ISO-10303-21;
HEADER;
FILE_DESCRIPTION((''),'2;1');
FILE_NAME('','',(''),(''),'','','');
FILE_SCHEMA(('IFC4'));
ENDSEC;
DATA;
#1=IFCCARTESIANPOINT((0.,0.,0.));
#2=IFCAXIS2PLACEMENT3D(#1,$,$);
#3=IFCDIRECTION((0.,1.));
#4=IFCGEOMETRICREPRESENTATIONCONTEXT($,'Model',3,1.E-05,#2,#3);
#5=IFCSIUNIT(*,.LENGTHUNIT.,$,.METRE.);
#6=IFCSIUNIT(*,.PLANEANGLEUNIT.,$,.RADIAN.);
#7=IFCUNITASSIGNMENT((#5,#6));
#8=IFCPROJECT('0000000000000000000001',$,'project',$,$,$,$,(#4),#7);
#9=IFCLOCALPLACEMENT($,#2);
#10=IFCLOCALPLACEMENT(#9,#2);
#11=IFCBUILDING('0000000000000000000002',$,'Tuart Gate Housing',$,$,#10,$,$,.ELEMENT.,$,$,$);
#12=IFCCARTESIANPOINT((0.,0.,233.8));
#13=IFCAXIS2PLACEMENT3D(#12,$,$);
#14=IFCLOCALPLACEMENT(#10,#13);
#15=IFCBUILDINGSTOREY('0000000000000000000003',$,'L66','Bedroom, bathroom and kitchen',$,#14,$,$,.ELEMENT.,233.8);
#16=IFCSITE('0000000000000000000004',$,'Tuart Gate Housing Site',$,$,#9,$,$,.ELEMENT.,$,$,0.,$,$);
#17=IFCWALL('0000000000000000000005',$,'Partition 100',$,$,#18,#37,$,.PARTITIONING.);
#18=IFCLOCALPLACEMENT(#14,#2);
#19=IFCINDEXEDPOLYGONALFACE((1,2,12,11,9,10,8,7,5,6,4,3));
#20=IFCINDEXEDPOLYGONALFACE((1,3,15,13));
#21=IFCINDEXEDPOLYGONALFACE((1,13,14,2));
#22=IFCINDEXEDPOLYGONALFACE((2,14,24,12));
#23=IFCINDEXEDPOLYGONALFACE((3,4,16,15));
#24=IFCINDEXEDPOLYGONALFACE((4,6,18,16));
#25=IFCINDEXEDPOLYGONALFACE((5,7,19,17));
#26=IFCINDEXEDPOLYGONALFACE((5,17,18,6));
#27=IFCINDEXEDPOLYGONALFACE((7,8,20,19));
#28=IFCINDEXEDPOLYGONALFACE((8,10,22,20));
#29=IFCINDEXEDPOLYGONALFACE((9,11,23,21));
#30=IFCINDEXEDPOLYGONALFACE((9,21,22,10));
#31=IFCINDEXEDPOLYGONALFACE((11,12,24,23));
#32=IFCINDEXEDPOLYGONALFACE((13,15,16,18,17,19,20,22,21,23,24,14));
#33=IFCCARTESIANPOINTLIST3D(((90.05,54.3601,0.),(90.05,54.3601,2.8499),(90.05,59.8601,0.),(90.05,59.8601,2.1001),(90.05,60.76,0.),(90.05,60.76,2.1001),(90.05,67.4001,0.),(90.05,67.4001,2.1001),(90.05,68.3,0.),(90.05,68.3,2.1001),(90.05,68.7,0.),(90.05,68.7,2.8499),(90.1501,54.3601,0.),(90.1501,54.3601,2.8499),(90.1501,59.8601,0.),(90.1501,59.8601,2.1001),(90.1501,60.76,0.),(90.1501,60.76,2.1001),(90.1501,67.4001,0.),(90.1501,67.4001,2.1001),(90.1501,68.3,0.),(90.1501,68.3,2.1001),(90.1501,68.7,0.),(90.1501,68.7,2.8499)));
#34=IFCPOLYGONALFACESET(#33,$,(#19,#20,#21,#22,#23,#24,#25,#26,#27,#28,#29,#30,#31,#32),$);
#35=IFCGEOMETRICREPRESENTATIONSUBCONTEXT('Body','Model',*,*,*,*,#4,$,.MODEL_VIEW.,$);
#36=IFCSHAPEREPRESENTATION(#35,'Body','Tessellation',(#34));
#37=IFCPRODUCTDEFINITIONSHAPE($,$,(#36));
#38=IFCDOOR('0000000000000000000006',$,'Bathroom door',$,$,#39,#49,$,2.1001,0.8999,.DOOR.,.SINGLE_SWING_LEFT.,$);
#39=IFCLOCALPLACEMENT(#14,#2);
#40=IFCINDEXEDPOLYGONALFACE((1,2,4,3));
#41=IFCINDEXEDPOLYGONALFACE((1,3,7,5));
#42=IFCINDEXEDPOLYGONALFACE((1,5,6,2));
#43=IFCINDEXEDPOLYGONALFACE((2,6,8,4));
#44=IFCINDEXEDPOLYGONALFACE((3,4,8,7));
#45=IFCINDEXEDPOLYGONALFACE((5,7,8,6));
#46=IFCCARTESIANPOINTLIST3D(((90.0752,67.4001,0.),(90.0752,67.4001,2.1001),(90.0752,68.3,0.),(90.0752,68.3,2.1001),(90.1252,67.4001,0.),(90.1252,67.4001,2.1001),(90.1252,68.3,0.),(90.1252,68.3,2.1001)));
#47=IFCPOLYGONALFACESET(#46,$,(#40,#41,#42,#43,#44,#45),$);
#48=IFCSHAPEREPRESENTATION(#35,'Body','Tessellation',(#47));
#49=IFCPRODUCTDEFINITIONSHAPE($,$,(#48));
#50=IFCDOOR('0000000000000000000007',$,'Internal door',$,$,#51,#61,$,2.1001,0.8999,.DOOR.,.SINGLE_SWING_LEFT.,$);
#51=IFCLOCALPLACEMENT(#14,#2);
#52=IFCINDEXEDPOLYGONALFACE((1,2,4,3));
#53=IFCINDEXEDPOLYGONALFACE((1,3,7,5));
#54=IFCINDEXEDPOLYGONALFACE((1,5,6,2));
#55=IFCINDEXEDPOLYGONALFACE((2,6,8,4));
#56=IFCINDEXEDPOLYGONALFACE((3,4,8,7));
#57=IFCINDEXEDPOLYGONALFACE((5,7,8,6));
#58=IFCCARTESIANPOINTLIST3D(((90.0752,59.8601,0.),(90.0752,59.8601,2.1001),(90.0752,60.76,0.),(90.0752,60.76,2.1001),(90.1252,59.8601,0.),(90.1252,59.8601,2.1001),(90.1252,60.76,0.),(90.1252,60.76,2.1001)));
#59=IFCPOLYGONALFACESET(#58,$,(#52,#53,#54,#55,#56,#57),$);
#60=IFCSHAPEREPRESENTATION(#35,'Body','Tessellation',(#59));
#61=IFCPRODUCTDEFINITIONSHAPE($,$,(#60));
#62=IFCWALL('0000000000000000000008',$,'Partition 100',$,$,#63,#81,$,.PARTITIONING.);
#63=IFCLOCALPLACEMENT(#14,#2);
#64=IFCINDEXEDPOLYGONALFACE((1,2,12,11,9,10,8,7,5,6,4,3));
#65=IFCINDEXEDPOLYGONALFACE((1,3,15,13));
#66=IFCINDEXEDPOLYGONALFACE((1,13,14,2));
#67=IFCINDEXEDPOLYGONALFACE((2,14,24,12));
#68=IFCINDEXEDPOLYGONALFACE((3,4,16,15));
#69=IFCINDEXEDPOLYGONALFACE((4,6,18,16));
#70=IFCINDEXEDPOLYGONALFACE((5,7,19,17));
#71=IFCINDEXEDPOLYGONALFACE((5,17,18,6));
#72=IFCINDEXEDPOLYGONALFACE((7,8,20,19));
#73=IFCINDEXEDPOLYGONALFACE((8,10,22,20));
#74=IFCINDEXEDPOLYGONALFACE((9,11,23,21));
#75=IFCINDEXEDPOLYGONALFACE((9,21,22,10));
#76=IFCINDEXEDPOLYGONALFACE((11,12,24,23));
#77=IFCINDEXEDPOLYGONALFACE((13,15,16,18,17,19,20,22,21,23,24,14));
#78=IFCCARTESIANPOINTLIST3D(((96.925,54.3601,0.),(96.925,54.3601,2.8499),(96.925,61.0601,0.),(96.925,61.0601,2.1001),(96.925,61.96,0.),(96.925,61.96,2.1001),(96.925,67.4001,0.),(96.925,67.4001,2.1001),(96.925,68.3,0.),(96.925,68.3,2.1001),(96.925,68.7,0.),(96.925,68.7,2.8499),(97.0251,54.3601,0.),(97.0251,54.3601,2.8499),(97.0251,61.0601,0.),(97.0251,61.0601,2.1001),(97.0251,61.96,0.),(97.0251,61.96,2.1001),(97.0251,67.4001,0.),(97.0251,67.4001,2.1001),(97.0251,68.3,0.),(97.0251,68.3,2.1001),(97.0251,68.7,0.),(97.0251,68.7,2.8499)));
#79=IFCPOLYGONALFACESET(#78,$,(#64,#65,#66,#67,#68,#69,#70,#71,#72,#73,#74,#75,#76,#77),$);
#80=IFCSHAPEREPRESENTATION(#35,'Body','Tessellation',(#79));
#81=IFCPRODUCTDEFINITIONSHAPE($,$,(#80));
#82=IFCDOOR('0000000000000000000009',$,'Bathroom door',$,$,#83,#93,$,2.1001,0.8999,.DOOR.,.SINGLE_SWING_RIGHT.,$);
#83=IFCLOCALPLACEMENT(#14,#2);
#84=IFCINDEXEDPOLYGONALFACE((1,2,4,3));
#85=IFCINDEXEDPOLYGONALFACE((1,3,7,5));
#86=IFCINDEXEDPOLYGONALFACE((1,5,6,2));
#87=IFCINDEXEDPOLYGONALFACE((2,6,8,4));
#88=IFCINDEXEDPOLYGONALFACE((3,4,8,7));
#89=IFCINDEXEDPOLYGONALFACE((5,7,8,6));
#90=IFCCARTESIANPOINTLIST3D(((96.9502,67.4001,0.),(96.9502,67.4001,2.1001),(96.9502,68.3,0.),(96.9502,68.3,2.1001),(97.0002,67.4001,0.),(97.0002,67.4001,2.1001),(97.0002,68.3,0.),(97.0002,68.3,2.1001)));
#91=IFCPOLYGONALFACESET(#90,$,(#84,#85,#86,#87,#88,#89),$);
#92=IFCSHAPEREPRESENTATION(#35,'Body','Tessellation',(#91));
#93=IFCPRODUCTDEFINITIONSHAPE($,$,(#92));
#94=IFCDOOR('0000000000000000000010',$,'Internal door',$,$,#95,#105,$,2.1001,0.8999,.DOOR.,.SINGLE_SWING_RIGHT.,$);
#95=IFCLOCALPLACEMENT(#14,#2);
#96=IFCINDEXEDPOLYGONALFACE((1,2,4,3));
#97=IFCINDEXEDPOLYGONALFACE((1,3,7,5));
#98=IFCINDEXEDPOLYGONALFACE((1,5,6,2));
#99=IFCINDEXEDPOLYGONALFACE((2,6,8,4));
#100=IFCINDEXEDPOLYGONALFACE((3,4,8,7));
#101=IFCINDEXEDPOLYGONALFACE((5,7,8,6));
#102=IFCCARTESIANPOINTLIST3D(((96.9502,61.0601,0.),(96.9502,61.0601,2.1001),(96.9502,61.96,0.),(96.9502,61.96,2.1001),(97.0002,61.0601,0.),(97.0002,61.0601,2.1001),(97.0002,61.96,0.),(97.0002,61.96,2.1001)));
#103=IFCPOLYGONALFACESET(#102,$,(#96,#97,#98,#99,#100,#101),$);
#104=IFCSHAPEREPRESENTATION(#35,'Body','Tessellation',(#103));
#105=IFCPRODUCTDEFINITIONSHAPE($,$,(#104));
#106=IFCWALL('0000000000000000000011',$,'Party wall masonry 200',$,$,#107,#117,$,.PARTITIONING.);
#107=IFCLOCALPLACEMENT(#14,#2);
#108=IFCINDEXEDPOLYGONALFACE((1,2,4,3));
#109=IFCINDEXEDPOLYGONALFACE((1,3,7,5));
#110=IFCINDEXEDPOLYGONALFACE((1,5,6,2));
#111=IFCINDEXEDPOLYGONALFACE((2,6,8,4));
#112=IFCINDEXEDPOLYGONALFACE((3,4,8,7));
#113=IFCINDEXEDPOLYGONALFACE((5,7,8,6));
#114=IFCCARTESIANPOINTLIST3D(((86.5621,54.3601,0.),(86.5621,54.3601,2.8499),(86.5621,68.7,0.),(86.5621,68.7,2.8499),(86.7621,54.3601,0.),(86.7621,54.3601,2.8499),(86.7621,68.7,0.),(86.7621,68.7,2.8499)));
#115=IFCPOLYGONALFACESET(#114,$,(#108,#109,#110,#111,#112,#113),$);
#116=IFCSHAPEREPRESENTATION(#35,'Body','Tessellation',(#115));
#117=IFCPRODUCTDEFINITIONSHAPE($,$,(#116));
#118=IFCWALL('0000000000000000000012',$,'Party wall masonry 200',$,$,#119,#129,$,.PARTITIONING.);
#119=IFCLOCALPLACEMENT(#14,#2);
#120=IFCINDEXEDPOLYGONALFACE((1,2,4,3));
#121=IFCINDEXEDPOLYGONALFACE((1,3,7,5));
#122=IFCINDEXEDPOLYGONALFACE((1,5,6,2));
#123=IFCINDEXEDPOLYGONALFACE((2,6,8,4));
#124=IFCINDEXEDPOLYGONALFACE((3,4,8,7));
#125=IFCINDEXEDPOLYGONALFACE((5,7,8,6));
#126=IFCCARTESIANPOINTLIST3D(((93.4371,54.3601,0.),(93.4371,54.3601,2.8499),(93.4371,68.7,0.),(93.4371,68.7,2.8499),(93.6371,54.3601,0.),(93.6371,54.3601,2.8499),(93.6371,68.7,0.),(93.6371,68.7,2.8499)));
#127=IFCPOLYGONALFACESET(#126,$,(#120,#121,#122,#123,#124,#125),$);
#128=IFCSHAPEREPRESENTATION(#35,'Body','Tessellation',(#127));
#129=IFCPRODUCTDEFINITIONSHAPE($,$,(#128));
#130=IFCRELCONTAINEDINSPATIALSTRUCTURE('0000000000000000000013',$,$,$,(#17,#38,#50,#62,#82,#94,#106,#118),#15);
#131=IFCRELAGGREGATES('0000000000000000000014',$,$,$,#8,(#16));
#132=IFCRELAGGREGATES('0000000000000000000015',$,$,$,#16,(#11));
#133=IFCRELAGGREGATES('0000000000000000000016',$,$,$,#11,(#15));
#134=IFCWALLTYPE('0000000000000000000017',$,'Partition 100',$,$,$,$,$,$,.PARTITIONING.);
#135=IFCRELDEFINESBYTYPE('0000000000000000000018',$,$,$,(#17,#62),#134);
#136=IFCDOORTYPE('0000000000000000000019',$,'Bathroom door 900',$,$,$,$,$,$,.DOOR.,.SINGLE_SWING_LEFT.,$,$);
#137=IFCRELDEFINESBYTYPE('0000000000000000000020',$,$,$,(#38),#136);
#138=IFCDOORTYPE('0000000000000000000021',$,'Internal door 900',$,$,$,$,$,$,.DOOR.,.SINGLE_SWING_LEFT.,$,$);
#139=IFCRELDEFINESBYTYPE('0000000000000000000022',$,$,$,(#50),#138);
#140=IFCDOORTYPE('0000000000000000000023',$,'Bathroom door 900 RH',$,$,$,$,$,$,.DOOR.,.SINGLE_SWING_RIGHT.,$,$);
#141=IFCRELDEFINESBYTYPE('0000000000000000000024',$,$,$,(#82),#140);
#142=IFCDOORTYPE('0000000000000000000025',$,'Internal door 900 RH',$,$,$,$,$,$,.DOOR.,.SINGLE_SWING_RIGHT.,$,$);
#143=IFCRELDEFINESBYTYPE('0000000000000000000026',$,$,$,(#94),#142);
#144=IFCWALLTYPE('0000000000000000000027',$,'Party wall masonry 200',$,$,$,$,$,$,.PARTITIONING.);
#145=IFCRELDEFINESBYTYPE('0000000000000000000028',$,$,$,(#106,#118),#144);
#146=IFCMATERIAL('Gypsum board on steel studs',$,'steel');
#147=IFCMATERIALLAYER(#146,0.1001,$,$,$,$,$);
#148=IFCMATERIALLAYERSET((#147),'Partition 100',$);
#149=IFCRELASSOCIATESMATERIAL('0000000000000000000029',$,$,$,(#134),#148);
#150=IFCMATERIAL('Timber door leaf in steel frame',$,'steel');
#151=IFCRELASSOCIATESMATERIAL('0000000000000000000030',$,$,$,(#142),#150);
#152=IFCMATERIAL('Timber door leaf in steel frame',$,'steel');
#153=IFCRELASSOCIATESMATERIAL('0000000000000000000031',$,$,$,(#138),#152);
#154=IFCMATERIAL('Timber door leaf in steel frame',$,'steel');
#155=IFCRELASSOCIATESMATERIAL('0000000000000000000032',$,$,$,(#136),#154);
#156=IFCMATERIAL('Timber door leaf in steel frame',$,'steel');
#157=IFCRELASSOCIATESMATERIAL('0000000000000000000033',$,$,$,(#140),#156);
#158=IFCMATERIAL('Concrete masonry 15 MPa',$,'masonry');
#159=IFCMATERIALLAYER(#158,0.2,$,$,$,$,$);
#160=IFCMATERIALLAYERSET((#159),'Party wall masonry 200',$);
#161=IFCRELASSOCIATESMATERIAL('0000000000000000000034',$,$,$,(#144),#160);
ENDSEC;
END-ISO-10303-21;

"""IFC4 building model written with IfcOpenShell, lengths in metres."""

from ifc_helpers import new_model, si_unit, direction, frame, frame_2d, origin, place, context, subcontext, project, spatial, rectangle, extrude, material, layer, layer_set, type_object, element, fill, save


model = new_model("IFC4")

# Units and contexts
model_context = context("Model", 3, precision=1e-05, world=origin(), true_north=direction((0.0, 1.0)))
body_context = subcontext(model_context, "Body", "Model", "MODEL_VIEW")
ifc_project = project(units=[si_unit("LENGTHUNIT", "METRE"), si_unit("PLANEANGLEUNIT", "RADIAN")], contexts=[model_context])

# Site, building, storey
site_placement = place(None, origin())
site = spatial("IfcSite", under=ifc_project, at=site_placement, Name="Tuart Gate Housing Site", CompositionType="ELEMENT", RefElevation=0.0)
building_placement = place(site_placement, origin())
building = spatial("IfcBuilding", under=site, at=building_placement, Name="Tuart Gate Housing", CompositionType="ELEMENT")
storey_placement = place(building_placement, frame((0.0, 0.0, 233.8)))
storey = spatial("IfcBuildingStorey", under=building, at=storey_placement, Name="L66", Description="Bedroom, bathroom and kitchen", CompositionType="ELEMENT", Elevation=233.8)

# Shared definitions
ifc_material_1 = material(Name="Gypsum board on steel studs", Category="steel")
ifc_layer_1 = layer(ifc_material_1, 0.1001)
ifc_layer_set_1 = layer_set([ifc_layer_1], Name="Partition 100")
wall_type_1 = type_object("IfcWallType", Name="Partition 100", PredefinedType="PARTITIONING", material=ifc_layer_set_1)
ifc_material_2 = material(Name="Timber door leaf in steel frame", Category="steel")
door_type_1 = type_object("IfcDoorType", Name="Internal door 900 RH", OperationType="SINGLE_SWING_RIGHT", PredefinedType="DOOR", material=ifc_material_2)
ifc_material_3 = material(Name="Timber door leaf in steel frame", Category="steel")
door_type_2 = type_object("IfcDoorType", Name="Internal door 900", OperationType="SINGLE_SWING_LEFT", PredefinedType="DOOR", material=ifc_material_3)

# Walls, openings, doors
ifc_material_4 = material(Name="Timber door leaf in steel frame", Category="steel")
door_type_3 = type_object("IfcDoorType", Name="Bathroom door 900", OperationType="SINGLE_SWING_LEFT", PredefinedType="DOOR", material=ifc_material_4)
wall_1_placement = place(storey_placement, frame((90.1001, 54.3601, 0.0), z_axis=(0.0, 0.0, 1.0), x_axis=(0.0, 1.0, 0.0)))
wall_1 = element("IfcWall", 1, at=wall_1_placement, inside=storey, type_object=wall_type_1, Name="Partition 100", PredefinedType="PARTITIONING", context=body_context, shape_type="SweptSolid", body=[
    extrude(rectangle(XDim=14.3398, YDim=0.1001, at=frame_2d((7.1699, 0.0))), origin(), (0.0, 0.0, 1.0), 2.8499),
])
opening_1_placement = place(wall_1_placement, frame((5.5, 0.0, 0.0)))
opening_1 = element("IfcOpeningElement", 2, at=opening_1_placement, cuts=wall_1, PredefinedType="OPENING", context=body_context, shape_type="SweptSolid", body=[
    extrude(rectangle(XDim=0.8999, YDim=2.1001, at=frame_2d((0.45, 1.05))), frame((0.0, 0.0601, 0.0), z_axis=(0.0, -1.0, 0.0), x_axis=(1.0, 0.0, 0.0)), (0.0, 0.0, 1.0), 0.1201),
])
opening_2_placement = place(wall_1_placement, frame((13.04, 0.0, 0.0)))
opening_2 = element("IfcOpeningElement", 3, at=opening_2_placement, cuts=wall_1, PredefinedType="OPENING", context=body_context, shape_type="SweptSolid", body=[
    extrude(rectangle(XDim=0.8999, YDim=2.1001, at=frame_2d((0.45, 1.05))), frame((0.0, 0.0601, 0.0), z_axis=(0.0, -1.0, 0.0), x_axis=(1.0, 0.0, 0.0)), (0.0, 0.0, 1.0), 0.1201),
])
door_1_placement = place(opening_2_placement, frame((0.8999, 0.0, 0.0), z_axis=(0.0, 0.0, 1.0), x_axis=(-1.0, 0.0, 0.0)))
door_1 = element("IfcDoor", 4, at=door_1_placement, inside=storey, type_object=door_type_3, Name="Bathroom door", OperationType="SINGLE_SWING_LEFT", OverallHeight=2.1001, OverallWidth=0.8999, PredefinedType="DOOR", context=body_context, shape_type="SweptSolid", body=[
    extrude(rectangle(XDim=0.8999, YDim=2.1001, at=frame_2d((0.45, 1.05))), frame((0.0, 0.0251, 0.0), z_axis=(0.0, -1.0, 0.0), x_axis=(1.0, 0.0, 0.0)), (0.0, 0.0, 1.0), 0.05),
])
fill(opening_2, door_1)
door_2_placement = place(opening_1_placement, frame((0.8999, 0.0, 0.0), z_axis=(0.0, 0.0, 1.0), x_axis=(-1.0, 0.0, 0.0)))
door_2 = element("IfcDoor", 5, at=door_2_placement, inside=storey, type_object=door_type_2, Name="Internal door", OperationType="SINGLE_SWING_LEFT", OverallHeight=2.1001, OverallWidth=0.8999, PredefinedType="DOOR", context=body_context, shape_type="SweptSolid", body=[
    extrude(rectangle(XDim=0.8999, YDim=2.1001, at=frame_2d((0.45, 1.05))), frame((0.0, 0.0251, 0.0), z_axis=(0.0, -1.0, 0.0), x_axis=(1.0, 0.0, 0.0)), (0.0, 0.0, 1.0), 0.05),
])
fill(opening_1, door_2)
wall_2_placement = place(storey_placement, frame((96.9751, 54.3601, 0.0), z_axis=(0.0, 0.0, 1.0), x_axis=(0.0, 1.0, 0.0)))
wall_2 = element("IfcWall", 6, at=wall_2_placement, inside=storey, type_object=wall_type_1, Name="Partition 100", PredefinedType="PARTITIONING", context=body_context, shape_type="SweptSolid", body=[
    extrude(rectangle(XDim=14.3398, YDim=0.1001, at=frame_2d((7.1699, 0.0))), origin(), (0.0, 0.0, 1.0), 2.8499),
])
opening_3_placement = place(wall_2_placement, frame((6.7, 0.0, 0.0)))
opening_3 = element("IfcOpeningElement", 7, at=opening_3_placement, cuts=wall_2, PredefinedType="OPENING", context=body_context, shape_type="SweptSolid", body=[
    extrude(rectangle(XDim=0.8999, YDim=2.1001, at=frame_2d((0.45, 1.05))), frame((0.0, 0.0601, 0.0), z_axis=(0.0, -1.0, 0.0), x_axis=(1.0, 0.0, 0.0)), (0.0, 0.0, 1.0), 0.1201),
])
opening_4_placement = place(wall_2_placement, frame((13.04, 0.0, 0.0)))
opening_4 = element("IfcOpeningElement", 8, at=opening_4_placement, cuts=wall_2, PredefinedType="OPENING", context=body_context, shape_type="SweptSolid", body=[
    extrude(rectangle(XDim=0.8999, YDim=2.1001, at=frame_2d((0.45, 1.05))), frame((0.0, 0.0601, 0.0), z_axis=(0.0, -1.0, 0.0), x_axis=(1.0, 0.0, 0.0)), (0.0, 0.0, 1.0), 0.1201),
])
ifc_material_5 = material(Name="Timber door leaf in steel frame", Category="steel")
door_type_4 = type_object("IfcDoorType", Name="Bathroom door 900 RH", OperationType="SINGLE_SWING_RIGHT", PredefinedType="DOOR", material=ifc_material_5)
door_3_placement = place(opening_4_placement, origin())
door_3 = element("IfcDoor", 9, at=door_3_placement, inside=storey, type_object=door_type_4, Name="Bathroom door", OperationType="SINGLE_SWING_RIGHT", OverallHeight=2.1001, OverallWidth=0.8999, PredefinedType="DOOR", context=body_context, shape_type="SweptSolid", body=[
    extrude(rectangle(XDim=0.8999, YDim=2.1001, at=frame_2d((0.45, 1.05))), frame((0.0, 0.0249, 0.0), z_axis=(0.0, -1.0, 0.0), x_axis=(1.0, 0.0, 0.0)), (0.0, 0.0, 1.0), 0.05),
])
fill(opening_4, door_3)
door_4_placement = place(opening_3_placement, origin())
door_4 = element("IfcDoor", 10, at=door_4_placement, inside=storey, type_object=door_type_1, Name="Internal door", OperationType="SINGLE_SWING_RIGHT", OverallHeight=2.1001, OverallWidth=0.8999, PredefinedType="DOOR", context=body_context, shape_type="SweptSolid", body=[
    extrude(rectangle(XDim=0.8999, YDim=2.1001, at=frame_2d((0.45, 1.05))), frame((0.0, 0.0249, 0.0), z_axis=(0.0, -1.0, 0.0), x_axis=(1.0, 0.0, 0.0)), (0.0, 0.0, 1.0), 0.05),
])
fill(opening_3, door_4)

# Walls
ifc_material_6 = material(Name="Concrete masonry 15 MPa", Category="masonry")
ifc_layer_2 = layer(ifc_material_6, 0.2)
ifc_layer_set_2 = layer_set([ifc_layer_2], Name="Party wall masonry 200")
wall_type_2 = type_object("IfcWallType", Name="Party wall masonry 200", PredefinedType="PARTITIONING", material=ifc_layer_set_2)
for number, where, z_axis, x_axis, name in (
    (11, (86.6621, 54.3601, 0.0), (0.0, 0.0, 1.0), (0.0, 1.0, 0.0), "Party wall masonry 200"),
    (12, (93.5371, 54.3601, 0.0), (0.0, 0.0, 1.0), (0.0, 1.0, 0.0), "Party wall masonry 200"),
):
    element("IfcWall", number, at=place(storey_placement, frame(where, z_axis=z_axis, x_axis=x_axis)), inside=storey, type_object=wall_type_2, Name=name, PredefinedType="PARTITIONING", context=body_context, shape_type="SweptSolid", body=[
        extrude(rectangle(XDim=14.3398, YDim=0.2, at=frame_2d((7.1699, 0.0))), origin(), (0.0, 0.0, 1.0), 2.8499),
    ])

save(model, "model.ifc")
